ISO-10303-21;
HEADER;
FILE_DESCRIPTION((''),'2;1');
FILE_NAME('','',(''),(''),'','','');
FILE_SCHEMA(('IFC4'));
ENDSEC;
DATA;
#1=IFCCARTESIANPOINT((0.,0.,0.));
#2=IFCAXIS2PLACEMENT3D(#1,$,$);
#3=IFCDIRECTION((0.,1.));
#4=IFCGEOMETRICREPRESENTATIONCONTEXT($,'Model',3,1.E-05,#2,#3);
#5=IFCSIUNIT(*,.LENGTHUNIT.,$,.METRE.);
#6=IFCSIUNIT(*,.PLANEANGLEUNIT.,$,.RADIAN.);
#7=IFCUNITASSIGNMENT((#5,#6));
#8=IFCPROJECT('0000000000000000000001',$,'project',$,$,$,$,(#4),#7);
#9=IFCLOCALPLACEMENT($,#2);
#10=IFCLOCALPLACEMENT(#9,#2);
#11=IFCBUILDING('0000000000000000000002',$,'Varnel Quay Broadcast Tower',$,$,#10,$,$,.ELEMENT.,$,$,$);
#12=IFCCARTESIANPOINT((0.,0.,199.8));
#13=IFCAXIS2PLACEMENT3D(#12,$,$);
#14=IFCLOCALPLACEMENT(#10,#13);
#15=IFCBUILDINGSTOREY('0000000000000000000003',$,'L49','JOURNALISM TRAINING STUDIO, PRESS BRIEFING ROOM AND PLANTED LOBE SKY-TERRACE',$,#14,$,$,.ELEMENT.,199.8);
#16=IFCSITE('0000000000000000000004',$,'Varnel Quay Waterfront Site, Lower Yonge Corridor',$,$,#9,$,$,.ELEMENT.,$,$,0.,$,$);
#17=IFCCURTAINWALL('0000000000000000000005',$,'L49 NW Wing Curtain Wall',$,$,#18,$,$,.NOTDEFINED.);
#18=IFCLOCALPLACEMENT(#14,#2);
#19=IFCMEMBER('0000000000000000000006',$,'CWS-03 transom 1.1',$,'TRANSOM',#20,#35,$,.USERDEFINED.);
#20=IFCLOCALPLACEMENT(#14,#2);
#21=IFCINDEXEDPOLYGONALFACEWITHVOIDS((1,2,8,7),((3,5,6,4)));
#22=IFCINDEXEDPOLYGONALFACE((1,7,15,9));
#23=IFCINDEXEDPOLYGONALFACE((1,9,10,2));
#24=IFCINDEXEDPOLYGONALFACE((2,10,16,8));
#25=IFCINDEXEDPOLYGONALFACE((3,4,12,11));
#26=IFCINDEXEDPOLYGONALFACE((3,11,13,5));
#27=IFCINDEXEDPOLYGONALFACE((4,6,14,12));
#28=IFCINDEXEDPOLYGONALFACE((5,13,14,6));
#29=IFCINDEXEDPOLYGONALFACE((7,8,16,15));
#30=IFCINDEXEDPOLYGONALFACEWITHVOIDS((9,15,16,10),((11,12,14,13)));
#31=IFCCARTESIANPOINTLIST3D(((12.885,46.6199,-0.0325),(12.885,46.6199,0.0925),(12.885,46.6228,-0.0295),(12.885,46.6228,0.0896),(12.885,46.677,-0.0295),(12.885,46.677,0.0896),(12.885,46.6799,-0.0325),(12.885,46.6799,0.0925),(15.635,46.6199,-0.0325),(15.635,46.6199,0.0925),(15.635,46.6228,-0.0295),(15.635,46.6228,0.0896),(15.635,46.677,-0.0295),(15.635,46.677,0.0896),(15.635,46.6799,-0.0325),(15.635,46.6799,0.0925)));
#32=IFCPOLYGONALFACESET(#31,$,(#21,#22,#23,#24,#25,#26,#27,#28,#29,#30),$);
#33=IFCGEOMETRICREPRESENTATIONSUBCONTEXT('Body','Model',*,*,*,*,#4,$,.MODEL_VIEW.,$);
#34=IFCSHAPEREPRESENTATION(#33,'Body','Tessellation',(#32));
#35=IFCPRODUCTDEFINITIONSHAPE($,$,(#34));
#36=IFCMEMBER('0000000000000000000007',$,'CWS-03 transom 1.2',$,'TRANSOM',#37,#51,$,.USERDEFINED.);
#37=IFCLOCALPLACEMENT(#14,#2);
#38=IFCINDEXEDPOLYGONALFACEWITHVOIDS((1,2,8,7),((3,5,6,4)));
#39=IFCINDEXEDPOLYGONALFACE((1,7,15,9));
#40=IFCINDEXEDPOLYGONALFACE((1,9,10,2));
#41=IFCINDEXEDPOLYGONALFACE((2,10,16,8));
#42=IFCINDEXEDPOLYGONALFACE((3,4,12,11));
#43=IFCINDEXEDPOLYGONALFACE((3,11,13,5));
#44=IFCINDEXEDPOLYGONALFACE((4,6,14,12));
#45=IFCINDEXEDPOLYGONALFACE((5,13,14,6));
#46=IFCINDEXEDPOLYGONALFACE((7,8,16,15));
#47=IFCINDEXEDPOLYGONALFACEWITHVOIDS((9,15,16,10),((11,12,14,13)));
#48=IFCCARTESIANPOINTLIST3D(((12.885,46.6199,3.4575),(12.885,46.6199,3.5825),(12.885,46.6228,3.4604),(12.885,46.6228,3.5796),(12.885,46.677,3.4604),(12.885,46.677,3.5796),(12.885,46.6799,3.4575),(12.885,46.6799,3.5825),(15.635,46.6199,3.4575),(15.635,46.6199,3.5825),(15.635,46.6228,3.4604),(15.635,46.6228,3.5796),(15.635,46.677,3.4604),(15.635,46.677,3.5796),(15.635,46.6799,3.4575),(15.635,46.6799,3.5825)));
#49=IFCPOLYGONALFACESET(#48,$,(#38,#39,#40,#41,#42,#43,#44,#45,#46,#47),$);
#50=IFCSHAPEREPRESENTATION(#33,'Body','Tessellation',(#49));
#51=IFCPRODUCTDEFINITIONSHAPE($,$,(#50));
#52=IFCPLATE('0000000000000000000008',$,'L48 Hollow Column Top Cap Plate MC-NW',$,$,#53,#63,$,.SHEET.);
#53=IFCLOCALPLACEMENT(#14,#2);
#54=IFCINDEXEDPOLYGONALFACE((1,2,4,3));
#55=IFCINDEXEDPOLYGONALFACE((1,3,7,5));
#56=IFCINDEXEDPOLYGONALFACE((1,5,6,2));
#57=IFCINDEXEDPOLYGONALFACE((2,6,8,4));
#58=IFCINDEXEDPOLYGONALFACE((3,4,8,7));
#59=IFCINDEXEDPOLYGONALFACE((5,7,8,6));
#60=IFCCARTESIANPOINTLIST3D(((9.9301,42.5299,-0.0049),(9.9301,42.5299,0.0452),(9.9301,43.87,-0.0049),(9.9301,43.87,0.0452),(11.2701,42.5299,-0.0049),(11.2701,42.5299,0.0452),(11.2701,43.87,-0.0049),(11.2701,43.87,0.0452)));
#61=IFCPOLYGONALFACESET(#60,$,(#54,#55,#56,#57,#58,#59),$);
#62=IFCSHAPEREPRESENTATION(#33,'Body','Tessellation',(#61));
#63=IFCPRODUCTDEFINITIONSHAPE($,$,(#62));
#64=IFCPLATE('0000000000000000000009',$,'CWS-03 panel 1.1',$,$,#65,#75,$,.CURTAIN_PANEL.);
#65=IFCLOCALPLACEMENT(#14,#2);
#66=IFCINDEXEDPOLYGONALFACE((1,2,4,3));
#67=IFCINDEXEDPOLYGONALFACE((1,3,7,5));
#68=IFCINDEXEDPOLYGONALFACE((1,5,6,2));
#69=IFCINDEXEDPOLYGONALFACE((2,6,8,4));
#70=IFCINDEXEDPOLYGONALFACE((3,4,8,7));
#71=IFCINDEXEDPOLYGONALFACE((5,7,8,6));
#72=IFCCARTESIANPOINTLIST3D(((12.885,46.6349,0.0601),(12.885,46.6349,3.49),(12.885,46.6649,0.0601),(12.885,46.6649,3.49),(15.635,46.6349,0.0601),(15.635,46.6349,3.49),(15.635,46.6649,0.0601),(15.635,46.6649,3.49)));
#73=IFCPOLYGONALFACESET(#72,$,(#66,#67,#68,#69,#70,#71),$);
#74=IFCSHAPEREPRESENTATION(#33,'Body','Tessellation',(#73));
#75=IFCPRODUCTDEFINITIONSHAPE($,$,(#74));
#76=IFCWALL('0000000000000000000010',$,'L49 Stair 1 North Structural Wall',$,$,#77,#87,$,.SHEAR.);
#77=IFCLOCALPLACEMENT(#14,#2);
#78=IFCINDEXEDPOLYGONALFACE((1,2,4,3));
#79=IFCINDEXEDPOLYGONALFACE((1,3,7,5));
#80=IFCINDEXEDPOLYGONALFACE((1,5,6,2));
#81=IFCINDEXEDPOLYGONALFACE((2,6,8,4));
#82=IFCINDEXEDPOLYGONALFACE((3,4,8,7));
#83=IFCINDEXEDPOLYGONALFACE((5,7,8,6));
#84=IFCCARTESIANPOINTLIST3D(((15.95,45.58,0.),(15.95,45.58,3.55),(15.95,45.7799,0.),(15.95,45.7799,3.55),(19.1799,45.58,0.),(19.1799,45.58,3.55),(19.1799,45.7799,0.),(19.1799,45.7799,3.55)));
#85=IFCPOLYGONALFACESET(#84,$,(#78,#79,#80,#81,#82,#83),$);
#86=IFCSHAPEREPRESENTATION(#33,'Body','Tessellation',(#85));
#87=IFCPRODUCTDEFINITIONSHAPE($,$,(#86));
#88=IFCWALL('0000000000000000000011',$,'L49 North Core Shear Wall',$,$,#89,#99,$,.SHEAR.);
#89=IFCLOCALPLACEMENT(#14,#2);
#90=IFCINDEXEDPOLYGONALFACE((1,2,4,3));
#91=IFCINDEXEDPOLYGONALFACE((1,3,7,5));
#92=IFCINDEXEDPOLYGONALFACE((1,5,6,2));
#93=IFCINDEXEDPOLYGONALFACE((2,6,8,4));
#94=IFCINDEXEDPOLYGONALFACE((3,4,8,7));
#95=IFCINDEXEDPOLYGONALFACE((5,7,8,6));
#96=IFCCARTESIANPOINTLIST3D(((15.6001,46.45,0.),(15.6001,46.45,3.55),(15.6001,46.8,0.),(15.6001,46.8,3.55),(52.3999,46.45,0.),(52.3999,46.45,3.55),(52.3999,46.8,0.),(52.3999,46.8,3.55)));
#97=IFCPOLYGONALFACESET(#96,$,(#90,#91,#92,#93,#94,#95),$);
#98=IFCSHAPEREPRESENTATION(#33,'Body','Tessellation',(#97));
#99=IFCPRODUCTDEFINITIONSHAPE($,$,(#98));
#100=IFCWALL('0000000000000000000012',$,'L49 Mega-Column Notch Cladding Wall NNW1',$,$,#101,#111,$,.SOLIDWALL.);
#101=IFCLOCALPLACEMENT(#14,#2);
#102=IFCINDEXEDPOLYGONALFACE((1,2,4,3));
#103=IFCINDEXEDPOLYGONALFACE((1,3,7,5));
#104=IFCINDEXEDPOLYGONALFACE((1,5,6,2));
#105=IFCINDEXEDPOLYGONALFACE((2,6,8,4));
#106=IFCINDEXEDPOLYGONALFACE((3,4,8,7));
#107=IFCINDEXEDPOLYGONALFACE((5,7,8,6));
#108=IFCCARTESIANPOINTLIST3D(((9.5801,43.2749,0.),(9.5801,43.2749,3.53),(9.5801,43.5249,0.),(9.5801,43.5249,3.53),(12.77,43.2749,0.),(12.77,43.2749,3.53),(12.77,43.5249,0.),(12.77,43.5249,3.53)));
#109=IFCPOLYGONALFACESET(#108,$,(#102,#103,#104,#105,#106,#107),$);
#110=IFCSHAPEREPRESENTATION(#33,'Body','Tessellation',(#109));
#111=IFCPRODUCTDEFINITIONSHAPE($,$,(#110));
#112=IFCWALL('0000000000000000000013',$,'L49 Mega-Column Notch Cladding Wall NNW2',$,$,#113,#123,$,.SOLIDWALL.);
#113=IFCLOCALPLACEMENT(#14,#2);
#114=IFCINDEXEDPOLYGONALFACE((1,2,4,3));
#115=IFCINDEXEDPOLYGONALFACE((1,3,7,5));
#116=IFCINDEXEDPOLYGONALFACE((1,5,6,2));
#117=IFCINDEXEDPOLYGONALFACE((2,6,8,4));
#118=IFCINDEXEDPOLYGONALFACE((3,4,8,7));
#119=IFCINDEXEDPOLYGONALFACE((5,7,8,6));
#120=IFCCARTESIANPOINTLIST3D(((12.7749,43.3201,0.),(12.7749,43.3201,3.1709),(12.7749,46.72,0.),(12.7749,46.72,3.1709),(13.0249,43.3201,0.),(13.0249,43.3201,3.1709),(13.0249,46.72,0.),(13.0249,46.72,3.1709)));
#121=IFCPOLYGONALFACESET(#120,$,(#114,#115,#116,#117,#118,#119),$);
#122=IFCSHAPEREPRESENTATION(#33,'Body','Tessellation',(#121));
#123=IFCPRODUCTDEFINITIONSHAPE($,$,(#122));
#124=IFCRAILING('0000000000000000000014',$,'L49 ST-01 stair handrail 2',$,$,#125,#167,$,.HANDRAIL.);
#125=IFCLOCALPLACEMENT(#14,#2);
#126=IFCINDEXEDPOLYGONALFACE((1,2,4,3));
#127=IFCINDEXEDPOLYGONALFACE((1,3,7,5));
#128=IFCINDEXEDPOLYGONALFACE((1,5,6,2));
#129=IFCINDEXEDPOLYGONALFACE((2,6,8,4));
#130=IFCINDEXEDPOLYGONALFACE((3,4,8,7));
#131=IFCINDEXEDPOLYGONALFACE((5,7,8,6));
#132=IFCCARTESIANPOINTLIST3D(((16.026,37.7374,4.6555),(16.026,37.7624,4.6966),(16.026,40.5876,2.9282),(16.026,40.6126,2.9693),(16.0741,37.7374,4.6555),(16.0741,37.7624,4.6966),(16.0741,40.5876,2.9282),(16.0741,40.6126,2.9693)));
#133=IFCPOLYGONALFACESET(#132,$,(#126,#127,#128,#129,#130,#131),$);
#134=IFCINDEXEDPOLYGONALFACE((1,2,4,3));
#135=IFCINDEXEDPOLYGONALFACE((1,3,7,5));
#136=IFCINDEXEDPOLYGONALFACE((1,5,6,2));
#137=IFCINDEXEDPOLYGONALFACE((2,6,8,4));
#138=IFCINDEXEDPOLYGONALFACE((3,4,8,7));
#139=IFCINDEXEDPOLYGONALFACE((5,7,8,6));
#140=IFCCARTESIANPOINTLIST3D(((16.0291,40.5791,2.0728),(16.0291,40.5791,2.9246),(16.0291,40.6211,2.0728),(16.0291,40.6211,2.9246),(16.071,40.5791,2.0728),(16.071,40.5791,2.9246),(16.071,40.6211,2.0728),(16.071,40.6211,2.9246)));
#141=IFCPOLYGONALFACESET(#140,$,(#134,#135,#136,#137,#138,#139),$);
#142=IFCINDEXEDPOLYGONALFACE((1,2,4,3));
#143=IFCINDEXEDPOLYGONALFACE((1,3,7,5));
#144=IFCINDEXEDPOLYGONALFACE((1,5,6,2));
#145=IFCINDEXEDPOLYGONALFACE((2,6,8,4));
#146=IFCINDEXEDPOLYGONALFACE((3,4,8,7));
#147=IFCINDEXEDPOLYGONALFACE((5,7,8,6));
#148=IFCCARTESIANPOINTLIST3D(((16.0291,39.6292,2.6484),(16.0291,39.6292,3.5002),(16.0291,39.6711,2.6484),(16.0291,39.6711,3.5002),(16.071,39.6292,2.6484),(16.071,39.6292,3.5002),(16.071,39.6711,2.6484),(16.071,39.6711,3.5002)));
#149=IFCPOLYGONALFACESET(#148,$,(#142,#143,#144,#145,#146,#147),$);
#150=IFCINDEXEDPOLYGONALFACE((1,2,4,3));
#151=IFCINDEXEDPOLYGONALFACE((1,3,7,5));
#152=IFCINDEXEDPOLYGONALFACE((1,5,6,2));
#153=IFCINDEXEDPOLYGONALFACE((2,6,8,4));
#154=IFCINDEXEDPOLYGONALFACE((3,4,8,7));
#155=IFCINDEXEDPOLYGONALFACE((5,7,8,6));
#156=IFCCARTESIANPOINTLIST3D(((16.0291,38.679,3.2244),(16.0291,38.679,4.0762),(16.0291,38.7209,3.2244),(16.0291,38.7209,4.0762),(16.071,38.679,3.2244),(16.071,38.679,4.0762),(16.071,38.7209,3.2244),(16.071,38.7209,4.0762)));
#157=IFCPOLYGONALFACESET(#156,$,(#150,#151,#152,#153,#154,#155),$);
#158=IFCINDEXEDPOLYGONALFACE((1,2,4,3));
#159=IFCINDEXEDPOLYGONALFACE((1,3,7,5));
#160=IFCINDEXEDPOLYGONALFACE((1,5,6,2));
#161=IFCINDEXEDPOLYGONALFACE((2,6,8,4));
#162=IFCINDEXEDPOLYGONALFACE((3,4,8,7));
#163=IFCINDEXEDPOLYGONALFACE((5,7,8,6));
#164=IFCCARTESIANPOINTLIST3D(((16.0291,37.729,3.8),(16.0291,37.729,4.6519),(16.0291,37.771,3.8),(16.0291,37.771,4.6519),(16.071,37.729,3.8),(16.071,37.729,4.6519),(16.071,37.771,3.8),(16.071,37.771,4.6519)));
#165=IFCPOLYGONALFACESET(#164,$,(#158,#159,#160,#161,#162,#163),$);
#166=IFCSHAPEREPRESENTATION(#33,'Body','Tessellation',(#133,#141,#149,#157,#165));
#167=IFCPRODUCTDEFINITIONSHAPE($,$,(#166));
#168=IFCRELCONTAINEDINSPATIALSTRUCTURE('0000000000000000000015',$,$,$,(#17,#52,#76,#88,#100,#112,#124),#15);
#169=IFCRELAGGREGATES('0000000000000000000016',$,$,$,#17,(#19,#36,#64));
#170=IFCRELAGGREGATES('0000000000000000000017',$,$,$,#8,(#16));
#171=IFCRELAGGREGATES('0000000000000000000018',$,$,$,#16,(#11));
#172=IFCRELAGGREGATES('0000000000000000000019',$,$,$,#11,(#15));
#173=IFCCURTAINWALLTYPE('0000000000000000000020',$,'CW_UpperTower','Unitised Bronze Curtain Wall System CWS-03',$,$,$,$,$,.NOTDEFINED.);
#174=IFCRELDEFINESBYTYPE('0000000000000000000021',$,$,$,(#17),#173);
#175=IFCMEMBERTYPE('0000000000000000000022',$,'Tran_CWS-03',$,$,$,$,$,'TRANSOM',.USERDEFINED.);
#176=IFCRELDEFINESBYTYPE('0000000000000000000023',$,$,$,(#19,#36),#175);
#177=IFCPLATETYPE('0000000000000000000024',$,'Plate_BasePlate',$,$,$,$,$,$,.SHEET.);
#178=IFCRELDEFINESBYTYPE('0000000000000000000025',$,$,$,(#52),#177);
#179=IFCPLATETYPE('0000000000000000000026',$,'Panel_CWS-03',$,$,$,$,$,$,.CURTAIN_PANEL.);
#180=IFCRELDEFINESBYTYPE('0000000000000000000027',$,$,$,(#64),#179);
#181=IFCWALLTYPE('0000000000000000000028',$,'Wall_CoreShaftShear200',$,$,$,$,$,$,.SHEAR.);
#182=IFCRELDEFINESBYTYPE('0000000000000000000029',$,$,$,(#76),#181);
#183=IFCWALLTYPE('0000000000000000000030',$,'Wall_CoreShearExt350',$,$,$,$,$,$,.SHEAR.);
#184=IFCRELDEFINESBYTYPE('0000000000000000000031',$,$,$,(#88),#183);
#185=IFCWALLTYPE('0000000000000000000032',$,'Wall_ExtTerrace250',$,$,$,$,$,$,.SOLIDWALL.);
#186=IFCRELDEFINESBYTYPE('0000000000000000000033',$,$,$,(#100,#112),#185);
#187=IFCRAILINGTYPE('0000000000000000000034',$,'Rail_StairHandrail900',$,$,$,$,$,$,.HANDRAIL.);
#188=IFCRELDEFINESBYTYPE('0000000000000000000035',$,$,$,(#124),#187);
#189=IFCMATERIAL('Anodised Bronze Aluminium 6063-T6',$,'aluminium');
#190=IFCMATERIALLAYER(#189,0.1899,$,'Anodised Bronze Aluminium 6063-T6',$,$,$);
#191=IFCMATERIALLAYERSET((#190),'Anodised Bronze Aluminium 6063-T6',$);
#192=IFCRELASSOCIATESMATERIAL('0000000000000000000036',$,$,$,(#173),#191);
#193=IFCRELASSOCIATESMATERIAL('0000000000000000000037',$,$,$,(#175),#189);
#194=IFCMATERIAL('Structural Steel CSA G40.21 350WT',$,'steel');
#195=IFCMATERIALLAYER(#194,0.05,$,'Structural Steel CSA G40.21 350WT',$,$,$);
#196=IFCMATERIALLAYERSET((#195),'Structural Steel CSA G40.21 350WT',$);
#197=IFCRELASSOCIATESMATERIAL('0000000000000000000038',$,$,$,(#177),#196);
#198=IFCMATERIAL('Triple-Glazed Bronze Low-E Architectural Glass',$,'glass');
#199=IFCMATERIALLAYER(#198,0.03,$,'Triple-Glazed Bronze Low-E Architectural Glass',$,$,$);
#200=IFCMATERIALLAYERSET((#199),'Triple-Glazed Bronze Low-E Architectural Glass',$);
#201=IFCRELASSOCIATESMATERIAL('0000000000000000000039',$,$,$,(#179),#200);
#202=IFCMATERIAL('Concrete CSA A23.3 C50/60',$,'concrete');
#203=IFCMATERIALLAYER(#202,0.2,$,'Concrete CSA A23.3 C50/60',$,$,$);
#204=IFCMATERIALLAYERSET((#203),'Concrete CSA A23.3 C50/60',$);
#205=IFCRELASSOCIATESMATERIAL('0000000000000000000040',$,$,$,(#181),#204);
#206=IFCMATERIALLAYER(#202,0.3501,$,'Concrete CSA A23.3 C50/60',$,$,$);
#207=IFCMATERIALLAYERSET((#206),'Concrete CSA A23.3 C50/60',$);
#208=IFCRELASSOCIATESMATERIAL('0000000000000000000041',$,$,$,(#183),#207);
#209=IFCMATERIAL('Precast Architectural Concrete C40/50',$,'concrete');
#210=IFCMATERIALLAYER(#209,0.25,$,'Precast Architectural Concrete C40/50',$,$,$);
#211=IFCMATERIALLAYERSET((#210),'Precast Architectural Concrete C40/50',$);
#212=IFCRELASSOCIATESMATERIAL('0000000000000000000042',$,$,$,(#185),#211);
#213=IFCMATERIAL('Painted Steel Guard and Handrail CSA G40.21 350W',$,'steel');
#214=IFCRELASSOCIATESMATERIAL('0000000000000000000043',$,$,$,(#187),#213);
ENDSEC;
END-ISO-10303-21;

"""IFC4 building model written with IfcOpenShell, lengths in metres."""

from ifc_helpers import new_model, si_unit, direction, frame, frame_2d, origin, origin_2d, place, context, subcontext, project, spatial, rectangle, hollow_rectangle, extrude, source, transform, mapped, material, layer, layer_set, material_profile, profile_set, type_object, type_shapes, element, aggregate, save


model = new_model("IFC4")

# Units and contexts
model_context = context("Model", 3, precision=1e-05, world=origin(), true_north=direction((0.0, 1.0)))
body_context = subcontext(model_context, "Body", "Model", "MODEL_VIEW")
ifc_project = project(units=[si_unit("LENGTHUNIT", "METRE"), si_unit("PLANEANGLEUNIT", "RADIAN")], contexts=[model_context])

# Site, building, storey
site_placement = place(None, origin())
site = spatial("IfcSite", under=ifc_project, at=site_placement, Name="Varnel Quay Waterfront Site, Lower Yonge Corridor", CompositionType="ELEMENT", RefElevation=0.0)
building_placement = place(site_placement, origin())
building = spatial("IfcBuilding", under=site, at=building_placement, Name="Varnel Quay Broadcast Tower", CompositionType="ELEMENT")
storey_placement = place(building_placement, frame((0.0, 0.0, 199.8)))
storey = spatial("IfcBuildingStorey", under=building, at=storey_placement, Name="L49", Description="JOURNALISM TRAINING STUDIO, PRESS BRIEFING ROOM AND PLANTED LOBE SKY-TERRACE", CompositionType="ELEMENT", Elevation=199.8)

# Shared definitions
ifc_material_1 = material(Name="Structural Steel CSA G40.21 350WT", Category="steel")

# Shared definitions
ifc_material_2 = material(Name="Anodised Bronze Aluminium 6063-T6", Category="aluminium")
ifc_layer_1 = layer(ifc_material_2, 0.1899, Name="Anodised Bronze Aluminium 6063-T6")
ifc_layer_set_1 = layer_set([ifc_layer_1], Name="Anodised Bronze Aluminium 6063-T6")
curtain_wall_type = type_object("IfcCurtainWallType", Name="CW_UpperTower", Description="Unitised Bronze Curtain Wall System CWS-03", PredefinedType="NOTDEFINED", material=ifc_layer_set_1)

# Curtain wall, members
curtain_wall_1_placement = place(storey_placement, origin())
curtain_wall_1 = element("IfcCurtainWall", 1, at=curtain_wall_1_placement, inside=storey, type_object=curtain_wall_type, Name="L49 NW Wing Curtain Wall", PredefinedType="NOTDEFINED")
ifc_material_profile_1 = material_profile(ifc_material_2, hollow_rectangle(XDim=0.0601, YDim=0.125, WallThickness=0.0029, at=origin_2d()), Name="ALU60X125X3")
ifc_profile_set_1 = profile_set([ifc_material_profile_1], Name="Anodised Bronze Aluminium 6063-T6")
member_type_1 = type_object("IfcMemberType", Name="Tran_CWS-03", ElementType="TRANSOM", PredefinedType="USERDEFINED", material=ifc_profile_set_1)
shared_shape_1 = source(origin(), body_context, "Body", "SweptSolid", [
    extrude(hollow_rectangle(XDim=0.0601, YDim=0.125, WallThickness=0.0029, at=origin_2d()), origin(), (0.0, 0.0, 1.0), 2.75),
])
type_shapes(member_type_1, [shared_shape_1])
member_1_placement = place(storey_placement, frame((12.885, 46.6499, 0.03), z_axis=(1.0, 0.0, 0.0), x_axis=(0.0, 1.0, 0.0)))
member_1 = element("IfcMember", 2, at=member_1_placement, type_object=member_type_1, Name="CWS-03 transom 1.1", ObjectType="TRANSOM", PredefinedType="USERDEFINED", context=body_context, shape_type="MappedRepresentation", body=[
    mapped(shared_shape_1, transform((0.0, 0.0, 0.0), x_axis=(1.0, 0.0, 0.0), y_axis=(0.0, 1.0, 0.0), z_axis=(0.0, 0.0, 1.0), scale=1.0)),
])
member_2_placement = place(storey_placement, frame((12.885, 46.6499, 3.52), z_axis=(1.0, 0.0, 0.0), x_axis=(0.0, 1.0, 0.0)))
member_2 = element("IfcMember", 3, at=member_2_placement, type_object=member_type_1, Name="CWS-03 transom 1.2", ObjectType="TRANSOM", PredefinedType="USERDEFINED", context=body_context, shape_type="MappedRepresentation", body=[
    mapped(shared_shape_1, transform((0.0, 0.0, 0.0), x_axis=(1.0, 0.0, 0.0), y_axis=(0.0, 1.0, 0.0), z_axis=(0.0, 0.0, 1.0), scale=1.0)),
])

# Plates
ifc_layer_2 = layer(ifc_material_1, 0.05, Name="Structural Steel CSA G40.21 350WT")
ifc_layer_set_2 = layer_set([ifc_layer_2], Name="Structural Steel CSA G40.21 350WT")
plate_type_1 = type_object("IfcPlateType", Name="Plate_BasePlate", PredefinedType="SHEET", material=ifc_layer_set_2)
shared_shape_2 = source(origin(), body_context, "Body", "SweptSolid", [
    extrude(rectangle(XDim=1.3401, YDim=1.3401, at=origin_2d()), origin(), (0.0, 0.0, 1.0), 0.05),
])
type_shapes(plate_type_1, [shared_shape_2])
plate_1_placement = place(storey_placement, frame((10.6001, 43.2, -0.0049), z_axis=(0.0, 0.0, 1.0), x_axis=(1.0, 0.0, 0.0)))
element("IfcPlate", 4, at=plate_1_placement, inside=storey, type_object=plate_type_1, Name="L48 Hollow Column Top Cap Plate MC-NW", PredefinedType="SHEET", context=body_context, shape_type="MappedRepresentation", body=[
    mapped(shared_shape_2, transform((0.0, 0.0, 0.0), x_axis=(1.0, 0.0, 0.0), y_axis=(0.0, 1.0, 0.0), z_axis=(0.0, 0.0, 1.0), scale=1.0)),
])
ifc_material_3 = material(Name="Triple-Glazed Bronze Low-E Architectural Glass", Category="glass")
ifc_layer_3 = layer(ifc_material_3, 0.03, Name="Triple-Glazed Bronze Low-E Architectural Glass")
ifc_layer_set_3 = layer_set([ifc_layer_3], Name="Triple-Glazed Bronze Low-E Architectural Glass")
plate_type_2 = type_object("IfcPlateType", Name="Panel_CWS-03", PredefinedType="CURTAIN_PANEL", material=ifc_layer_set_3)
shared_shape_3 = source(origin(), body_context, "Body", "SweptSolid", [
    extrude(rectangle(XDim=2.75, YDim=0.03, at=origin_2d()), origin(), (0.0, 0.0, 1.0), 3.4299),
])
type_shapes(plate_type_2, [shared_shape_3])
plate_2_placement = place(storey_placement, frame((14.26, 46.6499, 0.0601), z_axis=(0.0, 0.0, 1.0), x_axis=(1.0, 0.0, 0.0)))
plate_2 = element("IfcPlate", 5, at=plate_2_placement, type_object=plate_type_2, Name="CWS-03 panel 1.1", PredefinedType="CURTAIN_PANEL", context=body_context, shape_type="MappedRepresentation", body=[
    mapped(shared_shape_3, transform((0.0, 0.0, 0.0), x_axis=(1.0, 0.0, 0.0), y_axis=(0.0, 1.0, 0.0), z_axis=(0.0, 0.0, 1.0), scale=1.0)),
])
aggregate(curtain_wall_1, [member_1, member_2, plate_2])

# Walls
ifc_material_4 = material(Name="Concrete CSA A23.3 C50/60", Category="concrete")
ifc_layer_4 = layer(ifc_material_4, 0.2, Name="Concrete CSA A23.3 C50/60")
ifc_layer_set_4 = layer_set([ifc_layer_4], Name="Concrete CSA A23.3 C50/60")
wall_type_1 = type_object("IfcWallType", Name="Wall_CoreShaftShear200", PredefinedType="SHEAR", material=ifc_layer_set_4)
wall_1_placement = place(storey_placement, frame((15.95, 45.6799, 0.0), z_axis=(0.0, 0.0, 1.0), x_axis=(1.0, 0.0, 0.0)))
element("IfcWall", 6, at=wall_1_placement, inside=storey, type_object=wall_type_1, Name="L49 Stair 1 North Structural Wall", PredefinedType="SHEAR", context=body_context, shape_type="SweptSolid", body=[
    extrude(rectangle(XDim=3.23, YDim=0.2, at=frame_2d((1.615, 0.0))), origin(), (0.0, 0.0, 1.0), 3.55),
])
ifc_layer_5 = layer(ifc_material_4, 0.3501, Name="Concrete CSA A23.3 C50/60")
ifc_layer_set_5 = layer_set([ifc_layer_5], Name="Concrete CSA A23.3 C50/60")
wall_type_2 = type_object("IfcWallType", Name="Wall_CoreShearExt350", PredefinedType="SHEAR", material=ifc_layer_set_5)
wall_2_placement = place(storey_placement, frame((15.6001, 46.625, 0.0), z_axis=(0.0, 0.0, 1.0), x_axis=(1.0, 0.0, 0.0)))
element("IfcWall", 7, at=wall_2_placement, inside=storey, type_object=wall_type_2, Name="L49 North Core Shear Wall", PredefinedType="SHEAR", context=body_context, shape_type="SweptSolid", body=[
    extrude(rectangle(XDim=36.7998, YDim=0.3501, at=frame_2d((18.3999, 0.0))), origin(), (0.0, 0.0, 1.0), 3.55),
])
ifc_material_5 = material(Name="Precast Architectural Concrete C40/50", Category="concrete")
ifc_layer_6 = layer(ifc_material_5, 0.25, Name="Precast Architectural Concrete C40/50")
ifc_layer_set_6 = layer_set([ifc_layer_6], Name="Precast Architectural Concrete C40/50")
wall_type_3 = type_object("IfcWallType", Name="Wall_ExtTerrace250", PredefinedType="SOLIDWALL", material=ifc_layer_set_6)
wall_3_placement = place(storey_placement, frame((9.5801, 43.3999, 0.0), z_axis=(0.0, 0.0, 1.0), x_axis=(1.0, 0.0, 0.0)))
element("IfcWall", 8, at=wall_3_placement, inside=storey, type_object=wall_type_3, Name="L49 Mega-Column Notch Cladding Wall NNW1", PredefinedType="SOLIDWALL", context=body_context, shape_type="SweptSolid", body=[
    extrude(rectangle(XDim=3.1899, YDim=0.25, at=frame_2d((1.595, 0.0))), origin(), (0.0, 0.0, 1.0), 3.53),
])
wall_4_placement = place(storey_placement, frame((12.8999, 43.3201, 0.0), z_axis=(0.0, 0.0, 1.0), x_axis=(0.0, 1.0, 0.0)))
element("IfcWall", 9, at=wall_4_placement, inside=storey, type_object=wall_type_3, Name="L49 Mega-Column Notch Cladding Wall NNW2", PredefinedType="SOLIDWALL", context=body_context, shape_type="SweptSolid", body=[
    extrude(rectangle(XDim=3.3999, YDim=0.25, at=frame_2d((1.7, 0.0))), origin(), (0.0, 0.0, 1.0), 3.1709),
])

# Railing
ifc_material_6 = material(Name="Painted Steel Guard and Handrail CSA G40.21 350W", Category="steel")
railing_type = type_object("IfcRailingType", Name="Rail_StairHandrail900", PredefinedType="HANDRAIL", material=ifc_material_6)
railing_placement = place(storey_placement, frame((16.05, 40.6001, 2.0728)))
element("IfcRailing", 10, at=railing_placement, inside=storey, type_object=railing_type, Name="L49 ST-01 stair handrail 2", PredefinedType="HANDRAIL", context=body_context, shape_type="SweptSolid", body=[
    extrude(rectangle(XDim=0.0481, YDim=0.0481, at=origin_2d()), frame((0.0, 0.0, 0.876), z_axis=(0.0, -0.855203, 0.518294), x_axis=(1.0, 0.0, 0.0)), (0.0, 0.0, 1.0), 3.3328),
    extrude(rectangle(XDim=0.042, YDim=0.042, at=origin_2d()), origin(), (0.0, 0.0, 1.0), 0.8518),
    extrude(rectangle(XDim=0.042, YDim=0.042, at=origin_2d()), frame((0.0, -0.95, 0.5757)), (0.0, 0.0, 1.0), 0.8518),
    extrude(rectangle(XDim=0.042, YDim=0.042, at=origin_2d()), frame((0.0, -1.9001, 1.1516)), (0.0, 0.0, 1.0), 0.8518),
    extrude(rectangle(XDim=0.042, YDim=0.042, at=origin_2d()), frame((0.0, -2.8501, 1.7273)), (0.0, 0.0, 1.0), 0.8518),
])

save(model, "model.ifc")
